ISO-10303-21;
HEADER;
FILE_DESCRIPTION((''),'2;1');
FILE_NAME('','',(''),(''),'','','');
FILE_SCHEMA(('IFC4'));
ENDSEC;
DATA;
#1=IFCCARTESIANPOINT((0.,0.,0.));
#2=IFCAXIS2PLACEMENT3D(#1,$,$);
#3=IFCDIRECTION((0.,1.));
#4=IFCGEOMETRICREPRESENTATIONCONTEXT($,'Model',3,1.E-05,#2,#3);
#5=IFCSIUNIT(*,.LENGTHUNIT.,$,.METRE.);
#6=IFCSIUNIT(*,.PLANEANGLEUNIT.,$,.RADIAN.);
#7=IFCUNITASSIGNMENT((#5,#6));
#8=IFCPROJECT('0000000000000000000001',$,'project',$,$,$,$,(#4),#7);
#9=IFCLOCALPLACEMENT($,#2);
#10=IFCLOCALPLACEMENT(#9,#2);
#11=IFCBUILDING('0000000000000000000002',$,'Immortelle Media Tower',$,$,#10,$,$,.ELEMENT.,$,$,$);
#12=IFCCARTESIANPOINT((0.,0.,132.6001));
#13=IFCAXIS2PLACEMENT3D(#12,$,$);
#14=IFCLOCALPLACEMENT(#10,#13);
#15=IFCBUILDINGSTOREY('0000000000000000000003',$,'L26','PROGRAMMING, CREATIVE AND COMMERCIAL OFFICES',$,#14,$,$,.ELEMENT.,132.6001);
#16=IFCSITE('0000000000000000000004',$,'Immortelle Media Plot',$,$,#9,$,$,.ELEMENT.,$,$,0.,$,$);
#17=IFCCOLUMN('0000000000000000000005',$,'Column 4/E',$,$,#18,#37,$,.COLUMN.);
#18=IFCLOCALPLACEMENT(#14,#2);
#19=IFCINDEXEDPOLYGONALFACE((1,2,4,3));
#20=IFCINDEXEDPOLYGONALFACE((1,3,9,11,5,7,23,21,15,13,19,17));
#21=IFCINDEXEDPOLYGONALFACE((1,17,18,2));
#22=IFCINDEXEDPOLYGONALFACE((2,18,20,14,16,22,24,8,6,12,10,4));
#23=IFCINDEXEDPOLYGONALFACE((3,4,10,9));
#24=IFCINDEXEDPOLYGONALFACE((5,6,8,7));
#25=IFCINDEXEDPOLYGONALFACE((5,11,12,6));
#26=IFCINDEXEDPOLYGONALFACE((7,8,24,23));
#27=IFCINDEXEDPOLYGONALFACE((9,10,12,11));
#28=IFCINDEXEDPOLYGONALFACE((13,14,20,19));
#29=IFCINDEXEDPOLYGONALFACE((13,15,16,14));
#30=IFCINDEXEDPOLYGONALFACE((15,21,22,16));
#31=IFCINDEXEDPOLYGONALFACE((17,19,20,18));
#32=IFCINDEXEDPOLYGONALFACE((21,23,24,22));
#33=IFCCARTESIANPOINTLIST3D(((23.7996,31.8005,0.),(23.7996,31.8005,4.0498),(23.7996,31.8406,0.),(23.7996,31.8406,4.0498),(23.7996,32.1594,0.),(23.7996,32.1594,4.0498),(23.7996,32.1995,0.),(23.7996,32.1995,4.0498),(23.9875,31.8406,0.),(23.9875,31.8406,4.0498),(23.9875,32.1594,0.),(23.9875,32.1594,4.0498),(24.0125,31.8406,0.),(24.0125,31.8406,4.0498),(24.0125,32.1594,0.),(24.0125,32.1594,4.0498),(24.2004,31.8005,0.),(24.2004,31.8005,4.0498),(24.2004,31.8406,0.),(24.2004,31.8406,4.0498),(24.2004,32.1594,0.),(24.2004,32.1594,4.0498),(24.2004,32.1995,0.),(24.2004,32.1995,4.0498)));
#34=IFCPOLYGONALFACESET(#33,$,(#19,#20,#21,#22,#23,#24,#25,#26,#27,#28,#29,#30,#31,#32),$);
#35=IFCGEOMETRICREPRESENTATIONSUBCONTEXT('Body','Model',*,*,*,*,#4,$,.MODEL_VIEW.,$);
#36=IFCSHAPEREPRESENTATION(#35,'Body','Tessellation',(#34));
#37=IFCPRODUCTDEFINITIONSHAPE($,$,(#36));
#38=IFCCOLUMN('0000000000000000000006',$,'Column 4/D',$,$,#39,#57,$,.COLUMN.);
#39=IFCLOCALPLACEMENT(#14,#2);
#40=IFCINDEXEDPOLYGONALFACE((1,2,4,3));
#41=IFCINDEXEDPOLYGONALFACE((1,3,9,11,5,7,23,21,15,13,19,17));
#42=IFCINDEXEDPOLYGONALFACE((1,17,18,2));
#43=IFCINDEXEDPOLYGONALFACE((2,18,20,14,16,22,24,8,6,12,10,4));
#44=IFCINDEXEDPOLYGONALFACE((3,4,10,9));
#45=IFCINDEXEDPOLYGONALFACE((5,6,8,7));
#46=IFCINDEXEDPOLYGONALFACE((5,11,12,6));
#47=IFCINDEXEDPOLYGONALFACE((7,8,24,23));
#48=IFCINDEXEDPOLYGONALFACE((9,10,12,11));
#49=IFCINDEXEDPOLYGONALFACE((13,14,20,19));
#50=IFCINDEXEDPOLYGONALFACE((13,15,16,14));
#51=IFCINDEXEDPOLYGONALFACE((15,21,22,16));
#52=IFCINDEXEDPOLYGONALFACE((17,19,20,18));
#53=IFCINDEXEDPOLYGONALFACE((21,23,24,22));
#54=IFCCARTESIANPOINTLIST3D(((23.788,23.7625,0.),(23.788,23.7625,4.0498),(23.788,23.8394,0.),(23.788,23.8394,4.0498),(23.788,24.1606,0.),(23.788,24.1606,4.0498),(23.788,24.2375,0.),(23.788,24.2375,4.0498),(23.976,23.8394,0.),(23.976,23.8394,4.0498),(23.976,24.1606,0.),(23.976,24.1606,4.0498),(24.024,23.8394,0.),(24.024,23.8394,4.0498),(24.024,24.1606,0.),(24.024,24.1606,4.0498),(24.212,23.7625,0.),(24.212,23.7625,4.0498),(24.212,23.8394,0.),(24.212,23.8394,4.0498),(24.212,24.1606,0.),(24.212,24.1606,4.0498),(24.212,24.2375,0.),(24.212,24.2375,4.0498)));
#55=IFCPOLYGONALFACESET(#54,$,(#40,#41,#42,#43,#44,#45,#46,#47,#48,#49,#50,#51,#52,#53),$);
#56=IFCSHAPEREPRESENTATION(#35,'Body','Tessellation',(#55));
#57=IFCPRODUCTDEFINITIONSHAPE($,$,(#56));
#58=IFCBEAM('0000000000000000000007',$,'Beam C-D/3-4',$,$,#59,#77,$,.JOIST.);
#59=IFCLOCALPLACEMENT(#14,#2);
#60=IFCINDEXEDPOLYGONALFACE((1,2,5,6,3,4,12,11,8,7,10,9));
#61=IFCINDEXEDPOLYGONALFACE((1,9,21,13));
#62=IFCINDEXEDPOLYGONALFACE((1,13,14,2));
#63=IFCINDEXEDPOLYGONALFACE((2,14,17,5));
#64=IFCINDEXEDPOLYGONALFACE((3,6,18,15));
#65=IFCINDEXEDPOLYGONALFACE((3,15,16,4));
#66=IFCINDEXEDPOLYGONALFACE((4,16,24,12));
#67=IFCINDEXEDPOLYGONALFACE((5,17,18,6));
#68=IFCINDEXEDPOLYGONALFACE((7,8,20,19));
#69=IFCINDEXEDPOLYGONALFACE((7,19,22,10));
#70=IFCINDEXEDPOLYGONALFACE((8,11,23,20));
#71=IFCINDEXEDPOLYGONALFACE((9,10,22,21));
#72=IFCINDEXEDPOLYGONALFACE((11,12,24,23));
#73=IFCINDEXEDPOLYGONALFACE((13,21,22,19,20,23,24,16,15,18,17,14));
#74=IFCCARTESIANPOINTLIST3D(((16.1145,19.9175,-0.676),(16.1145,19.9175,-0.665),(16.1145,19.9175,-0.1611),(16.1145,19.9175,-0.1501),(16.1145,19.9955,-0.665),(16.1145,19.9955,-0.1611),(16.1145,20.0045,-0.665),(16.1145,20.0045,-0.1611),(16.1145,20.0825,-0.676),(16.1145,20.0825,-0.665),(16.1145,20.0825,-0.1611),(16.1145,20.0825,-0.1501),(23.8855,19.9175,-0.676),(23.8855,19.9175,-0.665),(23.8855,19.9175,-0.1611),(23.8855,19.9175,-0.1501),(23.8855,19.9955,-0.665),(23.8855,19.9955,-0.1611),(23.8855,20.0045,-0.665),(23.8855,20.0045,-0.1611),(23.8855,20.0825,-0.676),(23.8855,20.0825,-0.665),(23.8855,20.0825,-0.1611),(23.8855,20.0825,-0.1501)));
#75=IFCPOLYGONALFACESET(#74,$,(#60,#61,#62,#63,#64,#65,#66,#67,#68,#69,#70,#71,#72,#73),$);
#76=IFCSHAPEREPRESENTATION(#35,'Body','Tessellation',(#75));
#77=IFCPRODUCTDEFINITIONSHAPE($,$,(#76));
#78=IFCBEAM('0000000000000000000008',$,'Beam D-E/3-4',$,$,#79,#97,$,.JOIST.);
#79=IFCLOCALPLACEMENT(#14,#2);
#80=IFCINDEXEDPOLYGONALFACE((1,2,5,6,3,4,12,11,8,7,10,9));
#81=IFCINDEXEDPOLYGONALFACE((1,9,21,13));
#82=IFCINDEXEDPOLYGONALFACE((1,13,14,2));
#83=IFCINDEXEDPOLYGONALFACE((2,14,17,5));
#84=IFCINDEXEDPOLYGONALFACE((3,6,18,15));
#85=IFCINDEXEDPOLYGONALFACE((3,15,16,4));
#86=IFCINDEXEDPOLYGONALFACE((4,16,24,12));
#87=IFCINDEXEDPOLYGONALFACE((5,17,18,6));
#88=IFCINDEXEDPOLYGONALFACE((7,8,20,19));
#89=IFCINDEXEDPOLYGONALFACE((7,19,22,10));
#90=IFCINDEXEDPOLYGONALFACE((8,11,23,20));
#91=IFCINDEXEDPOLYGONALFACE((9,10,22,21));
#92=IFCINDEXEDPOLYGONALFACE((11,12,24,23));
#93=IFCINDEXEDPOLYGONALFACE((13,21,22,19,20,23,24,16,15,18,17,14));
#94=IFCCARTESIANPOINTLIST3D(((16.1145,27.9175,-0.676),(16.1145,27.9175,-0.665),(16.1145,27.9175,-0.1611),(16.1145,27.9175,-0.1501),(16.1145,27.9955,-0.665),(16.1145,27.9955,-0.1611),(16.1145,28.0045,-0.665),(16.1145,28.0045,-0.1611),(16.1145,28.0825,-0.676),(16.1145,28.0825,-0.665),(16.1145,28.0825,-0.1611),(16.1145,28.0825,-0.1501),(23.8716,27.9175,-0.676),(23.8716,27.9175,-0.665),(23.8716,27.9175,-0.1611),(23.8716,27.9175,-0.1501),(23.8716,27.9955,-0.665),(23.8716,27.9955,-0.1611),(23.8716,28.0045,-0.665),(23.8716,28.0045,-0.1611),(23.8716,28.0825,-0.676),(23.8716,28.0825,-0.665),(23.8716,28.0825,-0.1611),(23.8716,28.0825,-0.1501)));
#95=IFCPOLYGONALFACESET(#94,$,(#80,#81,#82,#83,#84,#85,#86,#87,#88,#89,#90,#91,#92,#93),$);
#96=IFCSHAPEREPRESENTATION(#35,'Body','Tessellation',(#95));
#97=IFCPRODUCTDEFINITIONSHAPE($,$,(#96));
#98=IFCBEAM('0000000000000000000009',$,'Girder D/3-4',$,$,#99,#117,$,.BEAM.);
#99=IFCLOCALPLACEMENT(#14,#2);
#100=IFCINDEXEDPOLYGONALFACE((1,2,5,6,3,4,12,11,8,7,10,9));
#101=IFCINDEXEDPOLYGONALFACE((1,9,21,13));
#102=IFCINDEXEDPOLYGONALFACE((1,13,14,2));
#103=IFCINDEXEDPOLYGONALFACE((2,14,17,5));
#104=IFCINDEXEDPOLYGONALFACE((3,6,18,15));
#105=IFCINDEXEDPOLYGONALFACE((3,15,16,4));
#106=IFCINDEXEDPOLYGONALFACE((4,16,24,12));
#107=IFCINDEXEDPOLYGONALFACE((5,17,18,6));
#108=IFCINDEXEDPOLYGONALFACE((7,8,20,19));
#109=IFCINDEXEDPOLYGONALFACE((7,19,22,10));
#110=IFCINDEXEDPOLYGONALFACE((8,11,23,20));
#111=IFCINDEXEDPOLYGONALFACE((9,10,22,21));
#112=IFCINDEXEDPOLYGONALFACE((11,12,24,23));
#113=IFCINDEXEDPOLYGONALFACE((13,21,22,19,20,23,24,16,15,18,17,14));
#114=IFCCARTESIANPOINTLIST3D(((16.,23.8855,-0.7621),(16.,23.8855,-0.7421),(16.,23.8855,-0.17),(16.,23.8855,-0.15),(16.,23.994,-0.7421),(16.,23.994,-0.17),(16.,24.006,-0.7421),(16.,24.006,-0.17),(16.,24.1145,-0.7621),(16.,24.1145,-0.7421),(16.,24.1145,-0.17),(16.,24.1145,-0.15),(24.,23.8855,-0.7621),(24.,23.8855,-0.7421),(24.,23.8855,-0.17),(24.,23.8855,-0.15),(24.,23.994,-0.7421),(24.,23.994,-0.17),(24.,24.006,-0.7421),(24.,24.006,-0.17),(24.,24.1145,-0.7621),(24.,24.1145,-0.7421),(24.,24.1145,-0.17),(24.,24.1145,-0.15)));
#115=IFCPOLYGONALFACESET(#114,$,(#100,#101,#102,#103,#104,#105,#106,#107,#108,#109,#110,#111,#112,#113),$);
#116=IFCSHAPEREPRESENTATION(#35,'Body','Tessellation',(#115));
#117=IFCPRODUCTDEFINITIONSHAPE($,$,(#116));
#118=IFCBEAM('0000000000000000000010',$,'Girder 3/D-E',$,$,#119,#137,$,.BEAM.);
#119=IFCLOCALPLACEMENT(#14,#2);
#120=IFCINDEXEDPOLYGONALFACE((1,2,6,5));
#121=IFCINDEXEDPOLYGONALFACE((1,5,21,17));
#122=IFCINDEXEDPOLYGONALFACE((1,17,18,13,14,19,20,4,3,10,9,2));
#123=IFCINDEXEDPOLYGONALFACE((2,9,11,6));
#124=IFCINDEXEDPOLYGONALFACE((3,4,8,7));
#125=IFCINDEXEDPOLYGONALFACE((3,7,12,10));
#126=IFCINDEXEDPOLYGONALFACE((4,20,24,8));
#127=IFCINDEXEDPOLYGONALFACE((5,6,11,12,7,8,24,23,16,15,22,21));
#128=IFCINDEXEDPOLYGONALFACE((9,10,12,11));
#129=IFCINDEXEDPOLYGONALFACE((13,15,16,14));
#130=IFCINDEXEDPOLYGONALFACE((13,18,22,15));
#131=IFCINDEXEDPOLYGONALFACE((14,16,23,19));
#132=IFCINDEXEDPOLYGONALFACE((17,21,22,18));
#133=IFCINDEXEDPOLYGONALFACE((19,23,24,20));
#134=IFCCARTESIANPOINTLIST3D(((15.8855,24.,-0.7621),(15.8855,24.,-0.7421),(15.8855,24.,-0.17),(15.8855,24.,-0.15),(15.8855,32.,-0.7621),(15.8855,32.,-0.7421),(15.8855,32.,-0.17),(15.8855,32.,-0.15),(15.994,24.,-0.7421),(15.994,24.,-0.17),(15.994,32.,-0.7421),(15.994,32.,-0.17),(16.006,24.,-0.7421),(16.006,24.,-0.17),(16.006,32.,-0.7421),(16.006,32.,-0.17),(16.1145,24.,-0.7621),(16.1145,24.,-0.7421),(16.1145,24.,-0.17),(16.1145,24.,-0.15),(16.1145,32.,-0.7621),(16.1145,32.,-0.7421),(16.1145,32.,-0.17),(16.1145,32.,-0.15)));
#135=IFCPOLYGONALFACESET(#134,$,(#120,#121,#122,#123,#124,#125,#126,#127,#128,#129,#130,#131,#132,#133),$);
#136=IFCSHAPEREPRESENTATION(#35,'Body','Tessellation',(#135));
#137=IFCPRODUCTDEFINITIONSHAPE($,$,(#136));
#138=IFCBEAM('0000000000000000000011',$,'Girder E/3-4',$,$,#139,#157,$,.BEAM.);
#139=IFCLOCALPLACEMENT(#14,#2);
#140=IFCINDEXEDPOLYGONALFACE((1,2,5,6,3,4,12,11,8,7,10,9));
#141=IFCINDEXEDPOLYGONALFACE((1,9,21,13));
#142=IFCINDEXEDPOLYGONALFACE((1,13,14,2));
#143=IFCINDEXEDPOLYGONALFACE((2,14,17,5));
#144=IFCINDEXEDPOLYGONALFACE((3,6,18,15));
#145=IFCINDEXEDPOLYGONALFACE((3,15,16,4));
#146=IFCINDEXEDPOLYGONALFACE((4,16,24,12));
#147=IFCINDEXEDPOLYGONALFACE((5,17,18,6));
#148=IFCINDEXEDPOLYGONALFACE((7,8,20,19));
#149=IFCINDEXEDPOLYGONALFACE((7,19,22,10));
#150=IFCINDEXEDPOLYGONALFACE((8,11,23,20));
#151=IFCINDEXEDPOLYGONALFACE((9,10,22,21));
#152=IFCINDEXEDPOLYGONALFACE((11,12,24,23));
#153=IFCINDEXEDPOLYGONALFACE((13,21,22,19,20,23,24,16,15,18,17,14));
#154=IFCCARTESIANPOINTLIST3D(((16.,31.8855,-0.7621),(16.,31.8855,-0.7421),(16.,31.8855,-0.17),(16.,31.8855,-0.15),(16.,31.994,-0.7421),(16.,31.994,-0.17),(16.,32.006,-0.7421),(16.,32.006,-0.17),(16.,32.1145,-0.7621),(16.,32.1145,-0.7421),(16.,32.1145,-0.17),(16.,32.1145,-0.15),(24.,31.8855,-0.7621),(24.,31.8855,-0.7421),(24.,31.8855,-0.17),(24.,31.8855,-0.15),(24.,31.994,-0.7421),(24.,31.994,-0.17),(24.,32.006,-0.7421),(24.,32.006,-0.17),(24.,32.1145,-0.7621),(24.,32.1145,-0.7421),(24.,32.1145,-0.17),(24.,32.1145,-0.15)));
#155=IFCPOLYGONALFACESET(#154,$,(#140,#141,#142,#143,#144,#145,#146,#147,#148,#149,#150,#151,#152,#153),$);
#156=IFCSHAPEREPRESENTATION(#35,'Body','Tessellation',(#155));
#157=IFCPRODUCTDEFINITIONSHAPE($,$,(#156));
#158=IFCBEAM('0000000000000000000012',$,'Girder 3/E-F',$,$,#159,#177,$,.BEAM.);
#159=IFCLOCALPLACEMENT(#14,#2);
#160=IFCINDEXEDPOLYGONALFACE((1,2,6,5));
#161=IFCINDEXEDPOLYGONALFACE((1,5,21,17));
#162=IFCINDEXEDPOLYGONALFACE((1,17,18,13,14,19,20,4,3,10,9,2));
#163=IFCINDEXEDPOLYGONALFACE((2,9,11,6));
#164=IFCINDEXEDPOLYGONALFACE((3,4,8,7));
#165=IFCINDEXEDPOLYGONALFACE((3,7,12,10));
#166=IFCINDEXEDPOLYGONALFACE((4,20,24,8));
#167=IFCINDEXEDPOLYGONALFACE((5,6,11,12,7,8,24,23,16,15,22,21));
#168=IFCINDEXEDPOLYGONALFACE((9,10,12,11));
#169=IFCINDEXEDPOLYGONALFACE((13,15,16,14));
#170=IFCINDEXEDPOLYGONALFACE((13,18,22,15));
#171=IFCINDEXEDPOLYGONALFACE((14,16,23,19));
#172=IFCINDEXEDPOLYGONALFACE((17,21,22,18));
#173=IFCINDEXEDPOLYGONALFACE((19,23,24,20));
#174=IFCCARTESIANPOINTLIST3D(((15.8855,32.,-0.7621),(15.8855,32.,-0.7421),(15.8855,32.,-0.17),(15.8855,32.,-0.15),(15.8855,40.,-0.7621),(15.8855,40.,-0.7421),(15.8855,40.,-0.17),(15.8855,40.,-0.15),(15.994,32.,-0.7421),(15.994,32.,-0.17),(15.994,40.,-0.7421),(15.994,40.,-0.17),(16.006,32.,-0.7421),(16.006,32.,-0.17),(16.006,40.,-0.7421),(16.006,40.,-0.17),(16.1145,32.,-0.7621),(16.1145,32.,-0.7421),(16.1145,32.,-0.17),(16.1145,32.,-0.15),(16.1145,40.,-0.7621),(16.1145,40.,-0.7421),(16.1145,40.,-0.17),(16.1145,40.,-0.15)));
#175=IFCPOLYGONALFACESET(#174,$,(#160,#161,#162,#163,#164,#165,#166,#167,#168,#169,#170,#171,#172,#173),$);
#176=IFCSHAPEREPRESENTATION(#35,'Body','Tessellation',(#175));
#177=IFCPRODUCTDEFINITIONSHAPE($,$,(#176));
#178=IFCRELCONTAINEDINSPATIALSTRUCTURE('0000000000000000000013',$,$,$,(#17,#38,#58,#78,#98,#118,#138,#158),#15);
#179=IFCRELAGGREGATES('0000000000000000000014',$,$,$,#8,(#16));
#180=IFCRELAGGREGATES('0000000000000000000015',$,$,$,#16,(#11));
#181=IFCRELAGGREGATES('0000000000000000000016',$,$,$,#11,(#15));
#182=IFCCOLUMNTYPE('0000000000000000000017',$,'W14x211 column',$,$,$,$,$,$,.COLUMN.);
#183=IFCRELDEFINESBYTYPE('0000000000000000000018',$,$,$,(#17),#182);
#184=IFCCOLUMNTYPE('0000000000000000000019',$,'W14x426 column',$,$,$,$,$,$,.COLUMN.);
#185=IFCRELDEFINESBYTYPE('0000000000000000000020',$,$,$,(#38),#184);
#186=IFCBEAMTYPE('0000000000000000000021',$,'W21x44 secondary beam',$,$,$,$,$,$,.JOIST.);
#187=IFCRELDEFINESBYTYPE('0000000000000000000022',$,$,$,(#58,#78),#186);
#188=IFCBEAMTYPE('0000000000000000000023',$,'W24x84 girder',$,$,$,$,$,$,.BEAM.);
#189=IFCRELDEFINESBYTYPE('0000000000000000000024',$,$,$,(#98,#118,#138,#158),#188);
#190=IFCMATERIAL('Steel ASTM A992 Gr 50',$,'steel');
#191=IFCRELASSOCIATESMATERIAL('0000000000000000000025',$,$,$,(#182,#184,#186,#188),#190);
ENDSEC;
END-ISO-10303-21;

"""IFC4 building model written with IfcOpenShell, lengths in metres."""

from ifc_helpers import new_model, si_unit, direction, frame, origin, origin_2d, place, context, subcontext, project, spatial, i_section, extrude, material, material_profile, profile_set, type_object, element, save


model = new_model("IFC4")

# Units and contexts
model_context = context("Model", 3, precision=1e-05, world=origin(), true_north=direction((0.0, 1.0)))
body_context = subcontext(model_context, "Body", "Model", "MODEL_VIEW")
ifc_project = project(units=[si_unit("LENGTHUNIT", "METRE"), si_unit("PLANEANGLEUNIT", "RADIAN")], contexts=[model_context])

# Site, building, storey
site_placement = place(None, origin())
site = spatial("IfcSite", under=ifc_project, at=site_placement, Name="Immortelle Media Plot", CompositionType="ELEMENT", RefElevation=0.0)
building_placement = place(site_placement, origin())
building = spatial("IfcBuilding", under=site, at=building_placement, Name="Immortelle Media Tower", CompositionType="ELEMENT")
storey_placement = place(building_placement, frame((0.0, 0.0, 132.6001)))
storey = spatial("IfcBuildingStorey", under=building, at=storey_placement, Name="L26", Description="PROGRAMMING, CREATIVE AND COMMERCIAL OFFICES", CompositionType="ELEMENT", Elevation=132.6001)

# Columns
ifc_material_1 = material(Name="Steel ASTM A992 Gr 50", Category="steel")
ifc_material_profile_1 = material_profile(ifc_material_1, i_section(OverallWidth=0.4009, OverallDepth=0.3989, WebThickness=0.0249, FlangeThickness=0.04, at=origin_2d()), Name="W14x211")
ifc_profile_set_1 = profile_set([ifc_material_profile_1], Name="Steel ASTM A992 Gr 50")
column_type_1 = type_object("IfcColumnType", Name="W14x211 column", PredefinedType="COLUMN", material=ifc_profile_set_1)
column_1_placement = place(storey_placement, frame((24.0, 32.0, 0.0), z_axis=(0.0, 0.0, 1.0), x_axis=(1.0, 0.0, 0.0)))
element("IfcColumn", 1, at=column_1_placement, inside=storey, type_object=column_type_1, Name="Column 4/E", PredefinedType="COLUMN", context=body_context, shape_type="SweptSolid", body=[
    extrude(i_section(OverallWidth=0.4009, OverallDepth=0.3989, WebThickness=0.0249, FlangeThickness=0.04, at=origin_2d()), origin(), (0.0, 0.0, 1.0), 4.0498),
])
ifc_material_profile_2 = material_profile(ifc_material_1, i_section(OverallWidth=0.4241, OverallDepth=0.4751, WebThickness=0.0481, FlangeThickness=0.0769, at=origin_2d()), Name="W14x426")
ifc_profile_set_2 = profile_set([ifc_material_profile_2], Name="Steel ASTM A992 Gr 50")
column_type_2 = type_object("IfcColumnType", Name="W14x426 column", PredefinedType="COLUMN", material=ifc_profile_set_2)
column_2_placement = place(storey_placement, frame((24.0, 24.0, 0.0), z_axis=(0.0, 0.0, 1.0), x_axis=(1.0, 0.0, 0.0)))
element("IfcColumn", 2, at=column_2_placement, inside=storey, type_object=column_type_2, Name="Column 4/D", PredefinedType="COLUMN", context=body_context, shape_type="SweptSolid", body=[
    extrude(i_section(OverallWidth=0.4241, OverallDepth=0.4751, WebThickness=0.0481, FlangeThickness=0.0769, at=origin_2d()), origin(), (0.0, 0.0, 1.0), 4.0498),
])

# Beams
ifc_material_profile_3 = material_profile(ifc_material_1, i_section(OverallWidth=0.165, OverallDepth=0.5259, WebThickness=0.009, FlangeThickness=0.011, at=origin_2d()), Name="W21x44")
ifc_profile_set_3 = profile_set([ifc_material_profile_3], Name="Steel ASTM A992 Gr 50")
beam_type_1 = type_object("IfcBeamType", Name="W21x44 secondary beam", PredefinedType="JOIST", material=ifc_profile_set_3)
beam_1_placement = place(storey_placement, frame((16.1145, 20.0, -0.4131), z_axis=(1.0, 0.0, 0.0), x_axis=(0.0, 1.0, 0.0)))
element("IfcBeam", 3, at=beam_1_placement, inside=storey, type_object=beam_type_1, Name="Beam C-D/3-4", PredefinedType="JOIST", context=body_context, shape_type="SweptSolid", body=[
    extrude(i_section(OverallWidth=0.165, OverallDepth=0.5259, WebThickness=0.009, FlangeThickness=0.011, at=origin_2d()), origin(), (0.0, 0.0, 1.0), 7.771),
])
beam_2_placement = place(storey_placement, frame((16.1145, 28.0, -0.4131), z_axis=(1.0, 0.0, 0.0), x_axis=(0.0, 1.0, 0.0)))
element("IfcBeam", 4, at=beam_2_placement, inside=storey, type_object=beam_type_1, Name="Beam D-E/3-4", PredefinedType="JOIST", context=body_context, shape_type="SweptSolid", body=[
    extrude(i_section(OverallWidth=0.165, OverallDepth=0.5259, WebThickness=0.009, FlangeThickness=0.011, at=origin_2d()), origin(), (0.0, 0.0, 1.0), 7.7571),
])
ifc_material_profile_4 = material_profile(ifc_material_1, i_section(OverallWidth=0.229, OverallDepth=0.6121, WebThickness=0.012, FlangeThickness=0.02, at=origin_2d()), Name="W24x84")
ifc_profile_set_4 = profile_set([ifc_material_profile_4], Name="Steel ASTM A992 Gr 50")
beam_type_2 = type_object("IfcBeamType", Name="W24x84 girder", PredefinedType="BEAM", material=ifc_profile_set_4)
for number, where, z_axis, x_axis, name in (
    (5, (16.0, 24.0, -0.4561), (1.0, 0.0, 0.0), (0.0, 1.0, 0.0), "Girder D/3-4"),
    (6, (16.0, 24.0, -0.4561), (0.0, 1.0, 0.0), (-1.0, 0.0, 0.0), "Girder 3/D-E"),
    (7, (16.0, 32.0, -0.4561), (1.0, 0.0, 0.0), (0.0, 1.0, 0.0), "Girder E/3-4"),
    (8, (16.0, 32.0, -0.4561), (0.0, 1.0, 0.0), (-1.0, 0.0, 0.0), "Girder 3/E-F"),
):
    element("IfcBeam", number, at=place(storey_placement, frame(where, z_axis=z_axis, x_axis=x_axis)), inside=storey, type_object=beam_type_2, Name=name, PredefinedType="BEAM", context=body_context, shape_type="SweptSolid", body=[
        extrude(i_section(OverallWidth=0.229, OverallDepth=0.6121, WebThickness=0.012, FlangeThickness=0.02, at=origin_2d()), origin(), (0.0, 0.0, 1.0), 8.0),
    ])

save(model, "model.ifc")
